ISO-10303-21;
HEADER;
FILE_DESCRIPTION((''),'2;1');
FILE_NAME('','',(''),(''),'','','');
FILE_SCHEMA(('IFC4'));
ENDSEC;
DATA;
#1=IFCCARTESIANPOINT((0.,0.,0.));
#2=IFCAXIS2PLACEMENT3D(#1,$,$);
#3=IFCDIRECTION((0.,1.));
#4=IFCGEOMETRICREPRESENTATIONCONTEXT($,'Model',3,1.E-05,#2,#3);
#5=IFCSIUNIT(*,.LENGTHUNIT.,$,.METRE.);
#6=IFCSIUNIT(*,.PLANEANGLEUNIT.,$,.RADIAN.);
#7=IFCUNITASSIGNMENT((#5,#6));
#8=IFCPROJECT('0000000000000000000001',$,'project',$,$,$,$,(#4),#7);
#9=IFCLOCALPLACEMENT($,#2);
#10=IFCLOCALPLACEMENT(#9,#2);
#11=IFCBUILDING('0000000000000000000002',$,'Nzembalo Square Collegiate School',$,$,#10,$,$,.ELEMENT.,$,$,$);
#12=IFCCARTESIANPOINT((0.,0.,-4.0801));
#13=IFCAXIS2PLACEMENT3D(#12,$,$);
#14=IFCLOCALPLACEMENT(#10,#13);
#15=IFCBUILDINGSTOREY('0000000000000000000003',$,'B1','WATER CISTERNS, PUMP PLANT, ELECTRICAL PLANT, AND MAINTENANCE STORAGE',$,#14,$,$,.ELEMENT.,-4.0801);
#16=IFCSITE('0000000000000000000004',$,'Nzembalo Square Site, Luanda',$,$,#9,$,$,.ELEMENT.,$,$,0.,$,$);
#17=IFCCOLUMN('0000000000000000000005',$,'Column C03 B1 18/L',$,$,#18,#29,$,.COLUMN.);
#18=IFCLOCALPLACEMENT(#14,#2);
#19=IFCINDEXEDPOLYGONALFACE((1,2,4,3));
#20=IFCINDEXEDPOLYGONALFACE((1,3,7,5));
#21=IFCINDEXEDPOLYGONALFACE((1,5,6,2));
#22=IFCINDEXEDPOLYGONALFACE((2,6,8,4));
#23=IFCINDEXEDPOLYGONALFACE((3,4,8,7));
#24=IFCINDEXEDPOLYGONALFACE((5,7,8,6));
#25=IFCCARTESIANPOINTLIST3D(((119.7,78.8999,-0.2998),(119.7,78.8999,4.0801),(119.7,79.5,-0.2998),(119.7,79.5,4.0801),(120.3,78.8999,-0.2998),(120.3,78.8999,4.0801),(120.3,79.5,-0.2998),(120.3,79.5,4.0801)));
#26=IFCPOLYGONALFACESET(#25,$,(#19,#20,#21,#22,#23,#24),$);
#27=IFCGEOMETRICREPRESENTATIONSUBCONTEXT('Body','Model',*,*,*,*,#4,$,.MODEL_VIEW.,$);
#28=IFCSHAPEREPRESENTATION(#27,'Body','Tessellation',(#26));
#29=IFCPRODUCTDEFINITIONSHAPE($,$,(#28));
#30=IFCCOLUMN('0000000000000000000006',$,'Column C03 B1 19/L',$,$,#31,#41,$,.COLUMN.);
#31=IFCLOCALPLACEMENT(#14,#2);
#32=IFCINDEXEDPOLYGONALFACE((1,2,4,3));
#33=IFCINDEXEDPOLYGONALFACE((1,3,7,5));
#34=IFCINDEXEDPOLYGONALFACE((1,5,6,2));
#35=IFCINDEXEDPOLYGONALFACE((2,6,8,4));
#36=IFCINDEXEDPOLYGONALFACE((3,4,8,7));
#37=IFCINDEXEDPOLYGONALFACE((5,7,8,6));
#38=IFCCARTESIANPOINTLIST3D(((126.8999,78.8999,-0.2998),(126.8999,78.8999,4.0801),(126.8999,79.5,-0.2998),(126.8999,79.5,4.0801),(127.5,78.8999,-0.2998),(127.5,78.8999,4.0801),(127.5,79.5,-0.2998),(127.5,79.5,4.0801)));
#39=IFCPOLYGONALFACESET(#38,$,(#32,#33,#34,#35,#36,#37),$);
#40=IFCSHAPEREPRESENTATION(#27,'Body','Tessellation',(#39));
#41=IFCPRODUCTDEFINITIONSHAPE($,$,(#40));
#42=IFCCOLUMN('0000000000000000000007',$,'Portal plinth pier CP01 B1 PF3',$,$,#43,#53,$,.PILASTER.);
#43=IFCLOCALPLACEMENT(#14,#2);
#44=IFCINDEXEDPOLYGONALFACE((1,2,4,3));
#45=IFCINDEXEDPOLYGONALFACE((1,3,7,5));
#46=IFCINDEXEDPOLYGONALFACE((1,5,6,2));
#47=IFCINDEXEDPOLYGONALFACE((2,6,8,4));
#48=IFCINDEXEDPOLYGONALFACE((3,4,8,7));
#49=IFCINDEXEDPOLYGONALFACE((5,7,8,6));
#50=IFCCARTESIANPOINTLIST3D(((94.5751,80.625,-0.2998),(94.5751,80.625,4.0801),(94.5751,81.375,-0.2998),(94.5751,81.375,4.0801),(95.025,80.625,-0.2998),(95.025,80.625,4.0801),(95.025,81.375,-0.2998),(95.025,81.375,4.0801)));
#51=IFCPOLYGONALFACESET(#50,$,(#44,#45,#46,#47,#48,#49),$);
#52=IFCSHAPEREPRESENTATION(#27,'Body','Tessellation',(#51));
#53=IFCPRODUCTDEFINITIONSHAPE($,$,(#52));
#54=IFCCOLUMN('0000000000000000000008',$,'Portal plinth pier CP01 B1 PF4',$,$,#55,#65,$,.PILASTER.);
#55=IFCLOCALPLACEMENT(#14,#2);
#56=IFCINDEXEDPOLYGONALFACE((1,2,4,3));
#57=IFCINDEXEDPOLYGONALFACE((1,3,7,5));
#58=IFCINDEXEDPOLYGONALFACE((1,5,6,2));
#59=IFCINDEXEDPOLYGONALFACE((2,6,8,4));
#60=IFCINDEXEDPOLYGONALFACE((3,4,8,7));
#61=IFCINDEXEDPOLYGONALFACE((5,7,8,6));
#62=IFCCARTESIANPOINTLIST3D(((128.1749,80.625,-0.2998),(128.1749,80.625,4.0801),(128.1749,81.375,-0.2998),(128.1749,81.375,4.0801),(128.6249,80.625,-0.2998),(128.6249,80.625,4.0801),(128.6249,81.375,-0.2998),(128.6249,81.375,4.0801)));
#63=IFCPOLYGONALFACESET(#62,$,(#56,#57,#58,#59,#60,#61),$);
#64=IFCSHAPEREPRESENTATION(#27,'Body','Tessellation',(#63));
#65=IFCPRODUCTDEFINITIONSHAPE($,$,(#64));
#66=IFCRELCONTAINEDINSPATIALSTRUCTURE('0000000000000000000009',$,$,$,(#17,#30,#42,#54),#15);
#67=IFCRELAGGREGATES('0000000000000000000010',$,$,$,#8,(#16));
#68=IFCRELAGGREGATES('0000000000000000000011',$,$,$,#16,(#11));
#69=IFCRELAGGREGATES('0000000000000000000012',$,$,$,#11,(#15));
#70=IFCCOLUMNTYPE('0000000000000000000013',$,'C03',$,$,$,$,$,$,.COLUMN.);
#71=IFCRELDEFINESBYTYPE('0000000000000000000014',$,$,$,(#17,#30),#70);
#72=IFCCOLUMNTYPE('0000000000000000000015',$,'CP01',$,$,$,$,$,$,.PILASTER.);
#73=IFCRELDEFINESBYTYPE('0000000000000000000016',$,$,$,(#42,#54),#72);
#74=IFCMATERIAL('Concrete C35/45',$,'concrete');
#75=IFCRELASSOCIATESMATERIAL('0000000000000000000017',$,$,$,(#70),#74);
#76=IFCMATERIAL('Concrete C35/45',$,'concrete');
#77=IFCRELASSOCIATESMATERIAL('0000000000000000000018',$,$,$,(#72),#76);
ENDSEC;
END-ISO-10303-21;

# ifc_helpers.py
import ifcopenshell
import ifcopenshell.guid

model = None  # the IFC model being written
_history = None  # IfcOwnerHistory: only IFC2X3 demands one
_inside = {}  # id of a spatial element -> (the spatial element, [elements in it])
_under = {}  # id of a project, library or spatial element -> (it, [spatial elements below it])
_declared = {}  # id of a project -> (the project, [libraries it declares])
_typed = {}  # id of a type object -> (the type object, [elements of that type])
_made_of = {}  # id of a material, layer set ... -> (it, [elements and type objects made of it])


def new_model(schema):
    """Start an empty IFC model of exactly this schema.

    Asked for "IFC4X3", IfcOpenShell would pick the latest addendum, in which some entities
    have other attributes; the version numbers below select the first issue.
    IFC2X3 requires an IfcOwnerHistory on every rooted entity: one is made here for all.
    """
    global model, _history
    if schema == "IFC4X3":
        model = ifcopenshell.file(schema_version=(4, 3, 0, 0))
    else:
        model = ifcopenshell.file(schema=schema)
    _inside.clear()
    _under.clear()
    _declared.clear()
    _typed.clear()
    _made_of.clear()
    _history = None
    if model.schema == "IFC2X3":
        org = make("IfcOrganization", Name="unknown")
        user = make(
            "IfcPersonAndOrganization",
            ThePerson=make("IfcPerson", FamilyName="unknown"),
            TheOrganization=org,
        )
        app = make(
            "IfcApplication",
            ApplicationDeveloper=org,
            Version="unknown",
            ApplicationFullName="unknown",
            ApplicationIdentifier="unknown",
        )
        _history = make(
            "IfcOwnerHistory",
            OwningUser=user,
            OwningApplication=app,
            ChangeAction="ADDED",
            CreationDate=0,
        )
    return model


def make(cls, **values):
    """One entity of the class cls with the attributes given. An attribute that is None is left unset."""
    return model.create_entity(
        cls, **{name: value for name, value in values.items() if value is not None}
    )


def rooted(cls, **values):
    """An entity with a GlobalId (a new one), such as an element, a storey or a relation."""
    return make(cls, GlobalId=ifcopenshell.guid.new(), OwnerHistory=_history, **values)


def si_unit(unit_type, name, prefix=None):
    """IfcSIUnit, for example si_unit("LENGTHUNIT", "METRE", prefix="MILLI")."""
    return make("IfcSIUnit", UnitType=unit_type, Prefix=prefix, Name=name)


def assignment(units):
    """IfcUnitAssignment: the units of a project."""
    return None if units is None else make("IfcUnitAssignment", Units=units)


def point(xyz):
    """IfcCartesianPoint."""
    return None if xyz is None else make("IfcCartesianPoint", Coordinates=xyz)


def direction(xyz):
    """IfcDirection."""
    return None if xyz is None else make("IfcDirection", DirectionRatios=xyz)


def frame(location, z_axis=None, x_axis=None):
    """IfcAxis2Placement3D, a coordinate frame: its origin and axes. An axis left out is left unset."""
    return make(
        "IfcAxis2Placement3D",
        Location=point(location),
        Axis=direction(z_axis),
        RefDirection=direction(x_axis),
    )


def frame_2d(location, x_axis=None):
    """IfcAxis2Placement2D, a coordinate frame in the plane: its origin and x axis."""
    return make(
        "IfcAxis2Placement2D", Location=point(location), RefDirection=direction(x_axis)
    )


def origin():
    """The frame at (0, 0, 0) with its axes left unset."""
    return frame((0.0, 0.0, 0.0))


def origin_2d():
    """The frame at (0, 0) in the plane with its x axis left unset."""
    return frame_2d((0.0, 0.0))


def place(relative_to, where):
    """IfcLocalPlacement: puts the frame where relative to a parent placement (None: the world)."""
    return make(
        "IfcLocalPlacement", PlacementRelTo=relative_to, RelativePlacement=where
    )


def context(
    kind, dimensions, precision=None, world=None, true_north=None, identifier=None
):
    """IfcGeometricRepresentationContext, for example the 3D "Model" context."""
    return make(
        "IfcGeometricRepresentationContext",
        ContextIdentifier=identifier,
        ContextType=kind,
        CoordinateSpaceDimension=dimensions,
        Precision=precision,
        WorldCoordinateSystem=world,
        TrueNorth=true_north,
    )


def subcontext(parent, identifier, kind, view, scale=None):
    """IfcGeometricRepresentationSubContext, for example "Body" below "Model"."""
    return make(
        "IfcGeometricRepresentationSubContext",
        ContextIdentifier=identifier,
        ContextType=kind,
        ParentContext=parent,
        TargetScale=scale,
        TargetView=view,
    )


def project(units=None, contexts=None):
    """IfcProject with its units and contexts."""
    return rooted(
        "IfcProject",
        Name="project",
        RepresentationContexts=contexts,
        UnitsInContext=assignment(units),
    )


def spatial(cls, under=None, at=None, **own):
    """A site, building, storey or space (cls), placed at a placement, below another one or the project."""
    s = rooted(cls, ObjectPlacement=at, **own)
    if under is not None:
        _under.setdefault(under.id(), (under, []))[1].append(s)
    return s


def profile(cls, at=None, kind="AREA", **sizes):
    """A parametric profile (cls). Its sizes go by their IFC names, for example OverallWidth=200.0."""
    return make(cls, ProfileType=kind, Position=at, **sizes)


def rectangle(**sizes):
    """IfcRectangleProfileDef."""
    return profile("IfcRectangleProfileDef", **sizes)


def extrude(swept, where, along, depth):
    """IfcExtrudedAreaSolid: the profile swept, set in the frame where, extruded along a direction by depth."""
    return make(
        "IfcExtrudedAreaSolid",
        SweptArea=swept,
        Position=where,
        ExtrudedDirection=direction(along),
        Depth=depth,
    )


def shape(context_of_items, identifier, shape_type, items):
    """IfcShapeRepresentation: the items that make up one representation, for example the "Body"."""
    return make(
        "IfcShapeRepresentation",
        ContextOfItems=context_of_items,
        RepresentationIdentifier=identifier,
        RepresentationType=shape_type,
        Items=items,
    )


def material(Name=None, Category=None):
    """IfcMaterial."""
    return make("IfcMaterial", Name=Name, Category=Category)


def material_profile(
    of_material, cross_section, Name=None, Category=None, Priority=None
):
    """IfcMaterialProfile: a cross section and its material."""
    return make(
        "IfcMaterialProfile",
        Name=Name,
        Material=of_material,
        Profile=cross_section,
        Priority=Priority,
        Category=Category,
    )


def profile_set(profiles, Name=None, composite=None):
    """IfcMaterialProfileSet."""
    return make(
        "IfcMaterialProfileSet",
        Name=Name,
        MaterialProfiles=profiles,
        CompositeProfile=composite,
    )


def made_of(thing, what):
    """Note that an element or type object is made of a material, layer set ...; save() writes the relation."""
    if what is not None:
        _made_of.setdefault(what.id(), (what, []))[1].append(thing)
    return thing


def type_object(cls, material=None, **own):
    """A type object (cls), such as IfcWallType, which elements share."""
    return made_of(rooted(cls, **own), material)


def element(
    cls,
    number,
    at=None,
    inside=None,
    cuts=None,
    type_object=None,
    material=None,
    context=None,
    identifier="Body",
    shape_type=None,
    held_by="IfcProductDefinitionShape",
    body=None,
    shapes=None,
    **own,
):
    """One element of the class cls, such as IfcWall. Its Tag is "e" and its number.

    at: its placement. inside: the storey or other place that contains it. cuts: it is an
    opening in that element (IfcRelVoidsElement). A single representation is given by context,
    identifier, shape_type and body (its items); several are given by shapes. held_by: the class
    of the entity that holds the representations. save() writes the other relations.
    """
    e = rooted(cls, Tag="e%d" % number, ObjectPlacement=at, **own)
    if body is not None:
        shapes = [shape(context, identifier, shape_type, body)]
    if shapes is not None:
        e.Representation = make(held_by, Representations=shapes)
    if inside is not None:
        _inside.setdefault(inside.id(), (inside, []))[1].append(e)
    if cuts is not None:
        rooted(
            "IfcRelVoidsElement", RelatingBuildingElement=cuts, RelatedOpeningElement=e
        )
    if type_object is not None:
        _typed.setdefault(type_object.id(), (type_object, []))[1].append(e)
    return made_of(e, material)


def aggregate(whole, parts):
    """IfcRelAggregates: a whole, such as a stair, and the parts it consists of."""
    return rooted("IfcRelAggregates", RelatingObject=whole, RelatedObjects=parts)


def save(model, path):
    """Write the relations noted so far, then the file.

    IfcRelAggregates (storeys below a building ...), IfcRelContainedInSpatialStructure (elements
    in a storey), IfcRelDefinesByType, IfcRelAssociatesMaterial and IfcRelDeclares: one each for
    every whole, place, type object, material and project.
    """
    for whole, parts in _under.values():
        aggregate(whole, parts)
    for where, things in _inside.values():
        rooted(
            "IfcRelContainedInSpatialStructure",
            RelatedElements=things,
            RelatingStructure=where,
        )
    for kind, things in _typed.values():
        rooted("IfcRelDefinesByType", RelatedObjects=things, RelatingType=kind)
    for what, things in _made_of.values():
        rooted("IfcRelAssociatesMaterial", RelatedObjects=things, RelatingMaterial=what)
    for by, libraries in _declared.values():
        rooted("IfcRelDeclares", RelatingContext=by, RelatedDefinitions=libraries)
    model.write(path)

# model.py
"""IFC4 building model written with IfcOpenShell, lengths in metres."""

from ifc_helpers import new_model, si_unit, direction, frame, origin, origin_2d, place, context, subcontext, project, spatial, rectangle, extrude, material, material_profile, profile_set, type_object, element, save


model = new_model("IFC4")

# Units and contexts
model_context = context("Model", 3, precision=1e-05, world=origin(), true_north=direction((0.0, 1.0)))
body_context = subcontext(model_context, "Body", "Model", "MODEL_VIEW")
ifc_project = project(units=[si_unit("LENGTHUNIT", "METRE"), si_unit("PLANEANGLEUNIT", "RADIAN")], contexts=[model_context])

# Site, building, storey
site_placement = place(None, origin())
site = spatial("IfcSite", under=ifc_project, at=site_placement, Name="Nzembalo Square Site, Luanda", CompositionType="ELEMENT", RefElevation=0.0)
building_placement = place(site_placement, origin())
building = spatial("IfcBuilding", under=site, at=building_placement, Name="Nzembalo Square Collegiate School", CompositionType="ELEMENT")
storey_placement = place(building_placement, frame((0.0, 0.0, -4.0801)))
storey = spatial("IfcBuildingStorey", under=building, at=storey_placement, Name="B1", Description="WATER CISTERNS, PUMP PLANT, ELECTRICAL PLANT, AND MAINTENANCE STORAGE", CompositionType="ELEMENT", Elevation=-4.0801)

# Columns
ifc_material_1 = material(Name="Concrete C35/45", Category="concrete")
ifc_material_profile_1 = material_profile(ifc_material_1, rectangle(XDim=0.6001, YDim=0.6001, at=origin_2d()), Name="RC 600x600")
ifc_profile_set_1 = profile_set([ifc_material_profile_1], Name="Concrete C35/45")
column_type_1 = type_object("IfcColumnType", Name="C03", PredefinedType="COLUMN", material=ifc_profile_set_1)
for number, where, z_axis, x_axis, name in (
    (1, (120.0, 79.2, -0.2998), (0.0, 0.0, 1.0), (1.0, 0.0, 0.0), "Column C03 B1 18/L"),
    (2, (127.2, 79.2, -0.2998), (0.0, 0.0, 1.0), (1.0, 0.0, 0.0), "Column C03 B1 19/L"),
):
    element("IfcColumn", number, at=place(storey_placement, frame(where, z_axis=z_axis, x_axis=x_axis)), inside=storey, type_object=column_type_1, Name=name, PredefinedType="COLUMN", context=body_context, shape_type="SweptSolid", body=[
        extrude(rectangle(XDim=0.6001, YDim=0.6001, at=origin_2d()), origin(), (0.0, 0.0, 1.0), 4.3799),
    ])
ifc_material_2 = material(Name="Concrete C35/45", Category="concrete")
ifc_material_profile_2 = material_profile(ifc_material_2, rectangle(XDim=0.45, YDim=0.75, at=origin_2d()), Name="RC 450x750")
ifc_profile_set_2 = profile_set([ifc_material_profile_2], Name="Concrete C35/45")
column_type_2 = type_object("IfcColumnType", Name="CP01", PredefinedType="PILASTER", material=ifc_profile_set_2)
for number, where, z_axis, x_axis, name in (
    (3, (94.8, 81.0, -0.2998), (0.0, 0.0, 1.0), (1.0, 0.0, 0.0), "Portal plinth pier CP01 B1 PF3"),
    (4, (128.3999, 81.0, -0.2998), (0.0, 0.0, 1.0), (1.0, 0.0, 0.0), "Portal plinth pier CP01 B1 PF4"),
):
    element("IfcColumn", number, at=place(storey_placement, frame(where, z_axis=z_axis, x_axis=x_axis)), inside=storey, type_object=column_type_2, Name=name, PredefinedType="PILASTER", context=body_context, shape_type="SweptSolid", body=[
        extrude(rectangle(XDim=0.45, YDim=0.75, at=origin_2d()), origin(), (0.0, 0.0, 1.0), 4.3799),
    ])

save(model, "model.ifc")
